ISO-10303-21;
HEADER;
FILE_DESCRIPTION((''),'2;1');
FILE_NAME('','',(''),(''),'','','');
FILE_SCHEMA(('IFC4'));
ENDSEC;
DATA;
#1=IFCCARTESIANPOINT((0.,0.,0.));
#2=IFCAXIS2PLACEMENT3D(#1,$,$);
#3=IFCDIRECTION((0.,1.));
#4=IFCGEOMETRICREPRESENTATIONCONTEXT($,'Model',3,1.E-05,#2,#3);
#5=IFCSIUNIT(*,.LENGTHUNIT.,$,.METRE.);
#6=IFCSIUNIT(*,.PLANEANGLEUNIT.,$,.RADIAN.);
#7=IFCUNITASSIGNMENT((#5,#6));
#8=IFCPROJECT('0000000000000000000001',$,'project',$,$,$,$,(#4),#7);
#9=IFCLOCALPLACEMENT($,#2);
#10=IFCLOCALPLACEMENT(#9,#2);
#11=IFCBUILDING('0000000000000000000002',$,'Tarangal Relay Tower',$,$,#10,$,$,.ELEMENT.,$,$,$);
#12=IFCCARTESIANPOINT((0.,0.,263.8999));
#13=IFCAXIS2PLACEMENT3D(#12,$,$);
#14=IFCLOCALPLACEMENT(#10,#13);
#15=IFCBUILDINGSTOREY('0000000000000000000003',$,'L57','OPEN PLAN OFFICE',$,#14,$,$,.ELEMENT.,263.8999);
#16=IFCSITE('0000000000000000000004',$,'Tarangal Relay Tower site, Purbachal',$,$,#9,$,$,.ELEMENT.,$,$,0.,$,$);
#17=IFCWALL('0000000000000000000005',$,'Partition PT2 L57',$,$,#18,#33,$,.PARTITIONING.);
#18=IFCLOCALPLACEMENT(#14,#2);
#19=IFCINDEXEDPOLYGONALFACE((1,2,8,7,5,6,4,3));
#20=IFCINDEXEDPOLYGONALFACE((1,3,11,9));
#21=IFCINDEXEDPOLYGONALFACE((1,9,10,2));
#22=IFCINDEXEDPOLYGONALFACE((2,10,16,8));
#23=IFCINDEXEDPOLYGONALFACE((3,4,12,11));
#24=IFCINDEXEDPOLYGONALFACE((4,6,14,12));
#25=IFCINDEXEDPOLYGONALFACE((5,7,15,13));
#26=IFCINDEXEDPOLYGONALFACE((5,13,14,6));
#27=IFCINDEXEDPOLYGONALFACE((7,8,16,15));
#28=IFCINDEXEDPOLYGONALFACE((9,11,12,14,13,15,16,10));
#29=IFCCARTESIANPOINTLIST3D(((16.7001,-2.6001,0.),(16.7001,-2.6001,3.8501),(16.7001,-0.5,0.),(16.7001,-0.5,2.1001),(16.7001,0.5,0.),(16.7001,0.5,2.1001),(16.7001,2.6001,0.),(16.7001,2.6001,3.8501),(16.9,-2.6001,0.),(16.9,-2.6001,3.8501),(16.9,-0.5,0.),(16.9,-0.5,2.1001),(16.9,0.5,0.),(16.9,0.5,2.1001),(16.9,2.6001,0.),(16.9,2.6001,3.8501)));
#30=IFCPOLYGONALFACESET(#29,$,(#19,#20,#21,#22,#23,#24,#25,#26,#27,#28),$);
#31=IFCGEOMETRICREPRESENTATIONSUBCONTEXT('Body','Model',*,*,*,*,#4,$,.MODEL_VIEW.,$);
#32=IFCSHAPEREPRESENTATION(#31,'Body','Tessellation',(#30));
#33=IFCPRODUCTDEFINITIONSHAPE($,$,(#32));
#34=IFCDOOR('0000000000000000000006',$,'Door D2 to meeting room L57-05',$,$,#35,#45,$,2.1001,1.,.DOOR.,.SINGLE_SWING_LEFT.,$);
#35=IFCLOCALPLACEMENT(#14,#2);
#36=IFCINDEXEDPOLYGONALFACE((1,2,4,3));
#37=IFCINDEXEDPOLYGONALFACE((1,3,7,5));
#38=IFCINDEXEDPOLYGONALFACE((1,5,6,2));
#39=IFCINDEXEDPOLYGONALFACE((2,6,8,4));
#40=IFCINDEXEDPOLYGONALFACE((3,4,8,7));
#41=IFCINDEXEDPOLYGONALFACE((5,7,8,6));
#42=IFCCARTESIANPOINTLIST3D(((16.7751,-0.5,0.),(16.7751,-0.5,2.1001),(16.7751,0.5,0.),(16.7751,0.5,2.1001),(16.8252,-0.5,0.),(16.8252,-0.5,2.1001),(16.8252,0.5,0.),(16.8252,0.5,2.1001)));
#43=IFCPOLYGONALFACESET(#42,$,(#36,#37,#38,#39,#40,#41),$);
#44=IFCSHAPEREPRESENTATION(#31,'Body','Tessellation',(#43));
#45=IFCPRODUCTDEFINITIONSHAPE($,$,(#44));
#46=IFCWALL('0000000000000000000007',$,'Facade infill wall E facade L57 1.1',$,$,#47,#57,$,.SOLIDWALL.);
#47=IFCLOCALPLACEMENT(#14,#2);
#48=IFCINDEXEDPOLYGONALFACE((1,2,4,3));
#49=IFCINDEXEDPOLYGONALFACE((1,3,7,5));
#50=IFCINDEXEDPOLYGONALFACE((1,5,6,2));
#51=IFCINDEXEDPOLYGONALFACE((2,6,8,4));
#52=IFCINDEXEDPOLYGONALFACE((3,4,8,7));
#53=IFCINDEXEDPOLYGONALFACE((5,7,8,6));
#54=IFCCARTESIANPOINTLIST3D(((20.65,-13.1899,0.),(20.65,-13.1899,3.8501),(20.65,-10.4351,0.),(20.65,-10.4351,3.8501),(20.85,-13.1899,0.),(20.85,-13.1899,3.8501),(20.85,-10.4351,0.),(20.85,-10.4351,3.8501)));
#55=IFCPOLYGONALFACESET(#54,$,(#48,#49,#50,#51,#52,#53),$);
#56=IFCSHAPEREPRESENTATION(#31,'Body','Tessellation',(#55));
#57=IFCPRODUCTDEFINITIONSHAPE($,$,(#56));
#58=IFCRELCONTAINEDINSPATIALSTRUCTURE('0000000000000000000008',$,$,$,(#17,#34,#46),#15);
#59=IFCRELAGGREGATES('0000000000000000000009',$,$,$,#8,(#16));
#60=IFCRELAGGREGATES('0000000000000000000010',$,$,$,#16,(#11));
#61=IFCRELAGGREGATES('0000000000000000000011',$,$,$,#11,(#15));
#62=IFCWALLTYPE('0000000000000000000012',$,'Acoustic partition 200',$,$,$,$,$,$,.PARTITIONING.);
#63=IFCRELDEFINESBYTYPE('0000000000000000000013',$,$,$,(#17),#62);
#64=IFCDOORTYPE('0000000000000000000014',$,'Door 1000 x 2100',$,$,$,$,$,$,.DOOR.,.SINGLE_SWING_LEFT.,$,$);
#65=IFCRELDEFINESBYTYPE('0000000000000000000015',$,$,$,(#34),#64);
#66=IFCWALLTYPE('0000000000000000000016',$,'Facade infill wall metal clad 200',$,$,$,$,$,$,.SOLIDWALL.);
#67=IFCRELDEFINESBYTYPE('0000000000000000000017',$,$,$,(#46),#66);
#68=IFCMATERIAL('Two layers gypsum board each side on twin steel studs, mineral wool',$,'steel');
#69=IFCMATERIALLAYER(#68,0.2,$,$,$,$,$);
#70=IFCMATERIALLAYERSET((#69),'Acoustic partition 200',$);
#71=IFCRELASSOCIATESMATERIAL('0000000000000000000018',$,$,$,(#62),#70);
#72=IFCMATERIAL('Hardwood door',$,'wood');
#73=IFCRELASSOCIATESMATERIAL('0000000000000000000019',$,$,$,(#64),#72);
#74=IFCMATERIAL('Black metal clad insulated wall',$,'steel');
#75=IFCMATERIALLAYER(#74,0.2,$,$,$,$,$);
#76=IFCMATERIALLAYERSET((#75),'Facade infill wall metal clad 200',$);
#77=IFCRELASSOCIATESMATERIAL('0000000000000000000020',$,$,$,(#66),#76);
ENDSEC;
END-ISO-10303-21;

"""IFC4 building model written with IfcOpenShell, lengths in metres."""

from ifc_helpers import new_model, si_unit, direction, frame, frame_2d, origin, place, context, subcontext, project, spatial, rectangle, extrude, material, layer, layer_set, type_object, element, fill, save


model = new_model("IFC4")

# Units and contexts
model_context = context("Model", 3, precision=1e-05, world=origin(), true_north=direction((0.0, 1.0)))
body_context = subcontext(model_context, "Body", "Model", "MODEL_VIEW")
ifc_project = project(units=[si_unit("LENGTHUNIT", "METRE"), si_unit("PLANEANGLEUNIT", "RADIAN")], contexts=[model_context])

# Site, building, storey
site_placement = place(None, origin())
site = spatial("IfcSite", under=ifc_project, at=site_placement, Name="Tarangal Relay Tower site, Purbachal", CompositionType="ELEMENT", RefElevation=0.0)
building_placement = place(site_placement, origin())
building = spatial("IfcBuilding", under=site, at=building_placement, Name="Tarangal Relay Tower", CompositionType="ELEMENT")
storey_placement = place(building_placement, frame((0.0, 0.0, 263.8999)))
storey = spatial("IfcBuildingStorey", under=building, at=storey_placement, Name="L57", Description="OPEN PLAN OFFICE", CompositionType="ELEMENT", Elevation=263.8999)

# Shared definitions
ifc_material_1 = material(Name="Two layers gypsum board each side on twin steel studs, mineral wool", Category="steel")
ifc_layer_1 = layer(ifc_material_1, 0.2)
ifc_layer_set_1 = layer_set([ifc_layer_1], Name="Acoustic partition 200")
wall_type_1 = type_object("IfcWallType", Name="Acoustic partition 200", PredefinedType="PARTITIONING", material=ifc_layer_set_1)

# Wall, opening, door
wall_1_placement = place(storey_placement, frame((16.8, -2.6001, 0.0), z_axis=(0.0, 0.0, 1.0), x_axis=(0.0, 1.0, 0.0)))
wall_1 = element("IfcWall", 1, at=wall_1_placement, inside=storey, type_object=wall_type_1, Name="Partition PT2 L57", PredefinedType="PARTITIONING", context=body_context, shape_type="SweptSolid", body=[
    extrude(rectangle(XDim=5.2002, YDim=0.2, at=frame_2d((2.6001, 0.0))), origin(), (0.0, 0.0, 1.0), 3.8501),
])
opening_placement = place(wall_1_placement, frame((2.1001, 0.0, 0.0)))
opening = element("IfcOpeningElement", 2, at=opening_placement, cuts=wall_1, PredefinedType="OPENING", context=body_context, shape_type="SweptSolid", body=[
    extrude(rectangle(XDim=1.0, YDim=2.1001, at=frame_2d((0.5, 1.05))), frame((0.0, 0.1099, 0.0), z_axis=(0.0, -1.0, 0.0), x_axis=(1.0, 0.0, 0.0)), (0.0, 0.0, 1.0), 0.22),
])
ifc_material_2 = material(Name="Hardwood door", Category="wood")
door_type = type_object("IfcDoorType", Name="Door 1000 x 2100", OperationType="SINGLE_SWING_LEFT", PredefinedType="DOOR", material=ifc_material_2)
door_placement = place(opening_placement, origin())
door = element("IfcDoor", 3, at=door_placement, inside=storey, type_object=door_type, Name="Door D2 to meeting room L57-05", OperationType="SINGLE_SWING_LEFT", OverallHeight=2.1001, OverallWidth=1.0, PredefinedType="DOOR", context=body_context, shape_type="SweptSolid", body=[
    extrude(rectangle(XDim=1.0, YDim=2.1001, at=frame_2d((0.5, 1.05))), frame((0.0, 0.0249, 0.0), z_axis=(0.0, -1.0, 0.0), x_axis=(1.0, 0.0, 0.0)), (0.0, 0.0, 1.0), 0.05),
])
fill(opening, door)

# Wall
ifc_material_3 = material(Name="Black metal clad insulated wall", Category="steel")
ifc_layer_2 = layer(ifc_material_3, 0.2)
ifc_layer_set_2 = layer_set([ifc_layer_2], Name="Facade infill wall metal clad 200")
wall_type_2 = type_object("IfcWallType", Name="Facade infill wall metal clad 200", PredefinedType="SOLIDWALL", material=ifc_layer_set_2)
wall_2_placement = place(storey_placement, frame((20.75, -10.4351, 0.0), z_axis=(0.0, 0.0, 1.0), x_axis=(0.0, -1.0, 0.0)))
element("IfcWall", 4, at=wall_2_placement, inside=storey, type_object=wall_type_2, Name="Facade infill wall E facade L57 1.1", PredefinedType="SOLIDWALL", context=body_context, shape_type="SweptSolid", body=[
    extrude(rectangle(XDim=2.7549, YDim=0.2, at=frame_2d((1.3774, 0.0))), origin(), (0.0, 0.0, 1.0), 3.8501),
])

save(model, "model.ifc")
